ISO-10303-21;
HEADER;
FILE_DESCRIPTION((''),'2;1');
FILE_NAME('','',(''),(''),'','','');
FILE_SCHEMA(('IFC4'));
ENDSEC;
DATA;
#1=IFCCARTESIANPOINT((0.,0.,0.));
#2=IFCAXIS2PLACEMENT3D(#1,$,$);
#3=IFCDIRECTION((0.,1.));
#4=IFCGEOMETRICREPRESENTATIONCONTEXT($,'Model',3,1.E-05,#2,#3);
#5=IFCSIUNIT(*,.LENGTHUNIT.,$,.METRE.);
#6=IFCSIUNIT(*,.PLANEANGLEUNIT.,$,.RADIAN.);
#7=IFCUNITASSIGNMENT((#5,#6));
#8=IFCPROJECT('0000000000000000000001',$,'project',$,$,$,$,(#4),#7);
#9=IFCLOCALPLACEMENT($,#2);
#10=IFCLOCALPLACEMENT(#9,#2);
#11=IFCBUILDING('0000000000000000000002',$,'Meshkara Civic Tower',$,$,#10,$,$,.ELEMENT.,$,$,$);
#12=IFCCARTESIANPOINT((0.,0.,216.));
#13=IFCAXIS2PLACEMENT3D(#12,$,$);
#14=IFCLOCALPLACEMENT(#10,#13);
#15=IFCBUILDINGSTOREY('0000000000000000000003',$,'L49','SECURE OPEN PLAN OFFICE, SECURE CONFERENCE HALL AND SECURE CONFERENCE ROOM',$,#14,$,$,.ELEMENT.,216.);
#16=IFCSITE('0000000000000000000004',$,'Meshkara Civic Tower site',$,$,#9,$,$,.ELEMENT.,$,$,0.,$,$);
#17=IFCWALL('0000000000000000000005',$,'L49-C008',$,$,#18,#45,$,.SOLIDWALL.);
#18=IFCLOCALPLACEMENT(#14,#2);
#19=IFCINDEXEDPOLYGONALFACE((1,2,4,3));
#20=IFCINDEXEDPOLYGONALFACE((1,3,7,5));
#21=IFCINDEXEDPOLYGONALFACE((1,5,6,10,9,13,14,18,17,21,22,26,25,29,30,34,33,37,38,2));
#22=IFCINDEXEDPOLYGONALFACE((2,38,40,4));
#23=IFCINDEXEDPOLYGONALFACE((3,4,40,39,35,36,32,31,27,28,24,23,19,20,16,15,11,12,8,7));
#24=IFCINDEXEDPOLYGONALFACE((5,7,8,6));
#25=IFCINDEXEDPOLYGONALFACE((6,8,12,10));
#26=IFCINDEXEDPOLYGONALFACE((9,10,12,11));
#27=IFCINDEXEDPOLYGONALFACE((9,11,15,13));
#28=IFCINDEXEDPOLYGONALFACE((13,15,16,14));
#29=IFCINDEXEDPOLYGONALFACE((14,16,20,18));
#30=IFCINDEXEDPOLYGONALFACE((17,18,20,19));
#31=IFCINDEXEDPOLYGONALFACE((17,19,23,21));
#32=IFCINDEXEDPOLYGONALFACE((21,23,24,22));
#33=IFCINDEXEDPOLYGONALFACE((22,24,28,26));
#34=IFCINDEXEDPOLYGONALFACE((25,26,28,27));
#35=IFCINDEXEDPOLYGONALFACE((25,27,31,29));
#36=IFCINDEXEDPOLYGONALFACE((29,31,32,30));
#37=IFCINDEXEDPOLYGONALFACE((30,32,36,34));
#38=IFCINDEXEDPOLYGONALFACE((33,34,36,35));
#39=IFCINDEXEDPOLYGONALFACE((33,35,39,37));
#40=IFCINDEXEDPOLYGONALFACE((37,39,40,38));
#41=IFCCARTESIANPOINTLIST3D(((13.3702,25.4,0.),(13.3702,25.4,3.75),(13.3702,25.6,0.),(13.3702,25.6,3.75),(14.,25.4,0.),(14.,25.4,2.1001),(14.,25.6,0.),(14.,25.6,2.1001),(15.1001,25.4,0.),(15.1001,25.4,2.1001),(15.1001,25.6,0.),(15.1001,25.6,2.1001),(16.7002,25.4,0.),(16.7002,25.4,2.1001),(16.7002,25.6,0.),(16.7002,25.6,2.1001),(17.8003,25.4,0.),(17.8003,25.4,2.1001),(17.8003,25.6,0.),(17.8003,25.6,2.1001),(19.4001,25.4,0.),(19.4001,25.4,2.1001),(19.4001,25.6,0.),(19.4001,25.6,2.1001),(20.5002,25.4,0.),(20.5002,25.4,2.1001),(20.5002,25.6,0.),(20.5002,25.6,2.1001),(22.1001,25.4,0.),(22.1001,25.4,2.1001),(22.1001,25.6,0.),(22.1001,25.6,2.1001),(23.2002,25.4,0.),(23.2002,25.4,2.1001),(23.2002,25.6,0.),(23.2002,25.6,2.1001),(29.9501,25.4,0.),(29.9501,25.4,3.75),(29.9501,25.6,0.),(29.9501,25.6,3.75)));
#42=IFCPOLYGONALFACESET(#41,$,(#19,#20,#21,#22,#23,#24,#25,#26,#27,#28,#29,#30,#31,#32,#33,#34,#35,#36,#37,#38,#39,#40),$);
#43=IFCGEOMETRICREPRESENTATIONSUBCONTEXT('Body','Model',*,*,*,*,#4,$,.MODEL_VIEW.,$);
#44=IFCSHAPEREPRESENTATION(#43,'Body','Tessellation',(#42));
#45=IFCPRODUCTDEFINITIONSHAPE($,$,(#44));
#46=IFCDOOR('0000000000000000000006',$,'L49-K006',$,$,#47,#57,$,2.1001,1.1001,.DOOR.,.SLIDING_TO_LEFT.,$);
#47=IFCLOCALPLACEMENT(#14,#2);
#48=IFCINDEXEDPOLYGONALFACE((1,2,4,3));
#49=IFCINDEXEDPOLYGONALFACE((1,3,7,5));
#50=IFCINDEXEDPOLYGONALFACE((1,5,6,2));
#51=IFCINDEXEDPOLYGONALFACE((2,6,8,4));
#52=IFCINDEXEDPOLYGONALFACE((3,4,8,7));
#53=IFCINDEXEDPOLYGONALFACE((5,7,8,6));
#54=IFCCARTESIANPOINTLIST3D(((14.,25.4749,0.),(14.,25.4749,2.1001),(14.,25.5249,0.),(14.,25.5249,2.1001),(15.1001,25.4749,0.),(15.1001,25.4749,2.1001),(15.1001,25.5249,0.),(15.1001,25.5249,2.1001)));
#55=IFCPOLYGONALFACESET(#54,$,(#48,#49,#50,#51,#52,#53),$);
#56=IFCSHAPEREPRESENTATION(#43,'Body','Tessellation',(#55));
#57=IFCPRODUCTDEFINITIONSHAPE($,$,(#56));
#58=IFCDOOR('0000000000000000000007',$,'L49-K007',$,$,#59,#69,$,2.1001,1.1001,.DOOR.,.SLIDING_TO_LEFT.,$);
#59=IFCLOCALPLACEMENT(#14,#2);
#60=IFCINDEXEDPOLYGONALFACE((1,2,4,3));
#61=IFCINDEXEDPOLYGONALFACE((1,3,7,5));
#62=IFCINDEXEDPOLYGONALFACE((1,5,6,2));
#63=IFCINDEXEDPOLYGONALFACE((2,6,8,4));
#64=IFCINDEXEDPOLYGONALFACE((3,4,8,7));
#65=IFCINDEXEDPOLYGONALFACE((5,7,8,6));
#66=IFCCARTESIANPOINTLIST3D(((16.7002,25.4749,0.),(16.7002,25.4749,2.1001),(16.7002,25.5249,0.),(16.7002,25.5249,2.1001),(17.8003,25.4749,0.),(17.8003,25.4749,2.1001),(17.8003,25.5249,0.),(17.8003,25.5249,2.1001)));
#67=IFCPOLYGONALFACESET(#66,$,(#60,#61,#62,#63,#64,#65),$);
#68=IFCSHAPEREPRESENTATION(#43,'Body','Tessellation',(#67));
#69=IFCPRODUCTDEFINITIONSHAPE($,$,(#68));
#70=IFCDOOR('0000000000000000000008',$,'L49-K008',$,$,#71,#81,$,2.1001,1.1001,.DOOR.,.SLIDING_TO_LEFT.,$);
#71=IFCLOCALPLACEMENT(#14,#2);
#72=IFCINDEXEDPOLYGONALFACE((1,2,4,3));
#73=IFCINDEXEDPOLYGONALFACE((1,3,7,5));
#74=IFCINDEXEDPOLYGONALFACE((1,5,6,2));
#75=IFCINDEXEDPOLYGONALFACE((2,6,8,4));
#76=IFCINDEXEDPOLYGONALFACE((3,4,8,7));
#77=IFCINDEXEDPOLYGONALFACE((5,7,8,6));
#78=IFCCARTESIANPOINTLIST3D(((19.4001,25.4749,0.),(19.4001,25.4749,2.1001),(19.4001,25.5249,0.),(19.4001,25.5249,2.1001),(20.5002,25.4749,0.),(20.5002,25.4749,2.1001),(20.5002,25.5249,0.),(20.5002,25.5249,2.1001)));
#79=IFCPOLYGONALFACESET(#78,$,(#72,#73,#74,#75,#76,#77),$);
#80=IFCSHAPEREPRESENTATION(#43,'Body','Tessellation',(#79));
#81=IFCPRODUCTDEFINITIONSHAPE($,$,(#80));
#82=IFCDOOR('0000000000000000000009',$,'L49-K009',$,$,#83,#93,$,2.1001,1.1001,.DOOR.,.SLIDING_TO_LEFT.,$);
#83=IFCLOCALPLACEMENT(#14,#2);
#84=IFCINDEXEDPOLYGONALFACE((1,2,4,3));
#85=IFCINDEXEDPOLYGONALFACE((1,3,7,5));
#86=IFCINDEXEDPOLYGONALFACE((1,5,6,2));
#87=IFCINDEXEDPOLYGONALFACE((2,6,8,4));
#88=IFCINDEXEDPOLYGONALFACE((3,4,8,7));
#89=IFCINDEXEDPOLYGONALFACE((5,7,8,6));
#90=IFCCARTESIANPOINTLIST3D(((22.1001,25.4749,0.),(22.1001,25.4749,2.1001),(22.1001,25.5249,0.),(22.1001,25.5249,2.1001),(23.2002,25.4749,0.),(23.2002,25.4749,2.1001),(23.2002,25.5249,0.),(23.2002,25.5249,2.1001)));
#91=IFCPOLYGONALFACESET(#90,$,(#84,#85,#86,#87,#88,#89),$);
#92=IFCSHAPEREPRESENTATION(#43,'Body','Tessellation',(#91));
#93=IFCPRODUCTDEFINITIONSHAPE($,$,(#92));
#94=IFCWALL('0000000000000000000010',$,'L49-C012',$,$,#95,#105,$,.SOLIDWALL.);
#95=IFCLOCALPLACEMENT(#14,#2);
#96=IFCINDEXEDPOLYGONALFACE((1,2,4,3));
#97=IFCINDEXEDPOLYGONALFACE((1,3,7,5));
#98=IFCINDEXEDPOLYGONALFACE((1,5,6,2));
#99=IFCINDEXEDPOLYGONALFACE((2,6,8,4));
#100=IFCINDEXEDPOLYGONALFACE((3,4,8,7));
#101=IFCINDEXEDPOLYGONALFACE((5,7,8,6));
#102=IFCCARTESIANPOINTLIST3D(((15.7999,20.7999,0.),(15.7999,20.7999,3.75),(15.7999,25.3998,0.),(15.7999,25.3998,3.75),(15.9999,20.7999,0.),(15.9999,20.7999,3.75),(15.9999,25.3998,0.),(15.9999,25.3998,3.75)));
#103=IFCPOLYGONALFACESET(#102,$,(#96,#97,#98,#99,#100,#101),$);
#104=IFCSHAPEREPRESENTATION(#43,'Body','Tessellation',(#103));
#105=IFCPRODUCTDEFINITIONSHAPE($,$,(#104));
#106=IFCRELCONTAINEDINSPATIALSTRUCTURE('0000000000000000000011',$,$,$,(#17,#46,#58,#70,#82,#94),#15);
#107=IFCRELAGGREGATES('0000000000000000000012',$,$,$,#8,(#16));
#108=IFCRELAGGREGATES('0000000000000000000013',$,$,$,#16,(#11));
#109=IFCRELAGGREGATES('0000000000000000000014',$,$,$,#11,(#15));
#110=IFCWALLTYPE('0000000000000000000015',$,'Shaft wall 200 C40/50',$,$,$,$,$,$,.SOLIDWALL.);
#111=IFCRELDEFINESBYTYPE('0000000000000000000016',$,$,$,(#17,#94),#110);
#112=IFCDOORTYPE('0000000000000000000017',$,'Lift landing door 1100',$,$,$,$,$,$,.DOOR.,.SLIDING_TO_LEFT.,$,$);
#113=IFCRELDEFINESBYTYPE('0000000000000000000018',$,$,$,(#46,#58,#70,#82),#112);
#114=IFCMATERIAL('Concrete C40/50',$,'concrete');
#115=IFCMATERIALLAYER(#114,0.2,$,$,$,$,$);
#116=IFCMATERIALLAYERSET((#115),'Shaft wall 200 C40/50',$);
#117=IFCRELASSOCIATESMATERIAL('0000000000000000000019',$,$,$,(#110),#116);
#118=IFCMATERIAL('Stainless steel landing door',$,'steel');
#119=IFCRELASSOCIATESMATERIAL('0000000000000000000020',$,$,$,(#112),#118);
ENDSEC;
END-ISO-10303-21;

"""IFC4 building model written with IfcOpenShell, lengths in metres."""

from ifc_helpers import new_model, si_unit, direction, frame, frame_2d, origin, place, context, subcontext, project, spatial, rectangle, extrude, material, layer, layer_set, type_object, element, fill, save


model = new_model("IFC4")

# Units and contexts
model_context = context("Model", 3, precision=1e-05, world=origin(), true_north=direction((0.0, 1.0)))
body_context = subcontext(model_context, "Body", "Model", "MODEL_VIEW")
ifc_project = project(units=[si_unit("LENGTHUNIT", "METRE"), si_unit("PLANEANGLEUNIT", "RADIAN")], contexts=[model_context])

# Site, building, storey
site_placement = place(None, origin())
site = spatial("IfcSite", under=ifc_project, at=site_placement, Name="Meshkara Civic Tower site", CompositionType="ELEMENT", RefElevation=0.0)
building_placement = place(site_placement, origin())
building = spatial("IfcBuilding", under=site, at=building_placement, Name="Meshkara Civic Tower", CompositionType="ELEMENT")
storey_placement = place(building_placement, frame((0.0, 0.0, 216.0)))
storey = spatial("IfcBuildingStorey", under=building, at=storey_placement, Name="L49", Description="SECURE OPEN PLAN OFFICE, SECURE CONFERENCE HALL AND SECURE CONFERENCE ROOM", CompositionType="ELEMENT", Elevation=216.0)

# Wall, openings, doors
ifc_material_1 = material(Name="Concrete C40/50", Category="concrete")
ifc_layer_1 = layer(ifc_material_1, 0.2)
ifc_layer_set_1 = layer_set([ifc_layer_1], Name="Shaft wall 200 C40/50")
wall_type_1 = type_object("IfcWallType", Name="Shaft wall 200 C40/50", PredefinedType="SOLIDWALL", material=ifc_layer_set_1)
ifc_material_2 = material(Name="Stainless steel landing door", Category="steel")
door_type_1 = type_object("IfcDoorType", Name="Lift landing door 1100", OperationType="SLIDING_TO_LEFT", PredefinedType="DOOR", material=ifc_material_2)
wall_1_placement = place(storey_placement, frame((13.3701, 25.5, 0.0), z_axis=(0.0, 0.0, 1.0), x_axis=(1.0, 0.0, 0.0)))
wall_1 = element("IfcWall", 1, at=wall_1_placement, inside=storey, type_object=wall_type_1, Name="L49-C008", PredefinedType="SOLIDWALL", context=body_context, shape_type="SweptSolid", body=[
    extrude(rectangle(XDim=16.5798, YDim=0.2, at=frame_2d((8.29, 0.0))), origin(), (0.0, 0.0, 1.0), 3.75),
])
opening_1_placement = place(wall_1_placement, frame((0.6299, 0.0, 0.0)))
opening_1 = element("IfcOpeningElement", 2, at=opening_1_placement, cuts=wall_1, PredefinedType="OPENING", context=body_context, shape_type="SweptSolid", body=[
    extrude(rectangle(XDim=1.1001, YDim=2.1001, at=frame_2d((0.55, 1.05))), frame((0.0, 0.1099, 0.0), z_axis=(0.0, -1.0, 0.0), x_axis=(1.0, 0.0, 0.0)), (0.0, 0.0, 1.0), 0.22),
])
opening_2_placement = place(wall_1_placement, frame((3.3301, 0.0, 0.0)))
opening_2 = element("IfcOpeningElement", 3, at=opening_2_placement, cuts=wall_1, PredefinedType="OPENING", context=body_context, shape_type="SweptSolid", body=[
    extrude(rectangle(XDim=1.1001, YDim=2.1001, at=frame_2d((0.55, 1.05))), frame((0.0, 0.1099, 0.0), z_axis=(0.0, -1.0, 0.0), x_axis=(1.0, 0.0, 0.0)), (0.0, 0.0, 1.0), 0.22),
])
opening_3_placement = place(wall_1_placement, frame((6.03, 0.0, 0.0)))
opening_3 = element("IfcOpeningElement", 4, at=opening_3_placement, cuts=wall_1, PredefinedType="OPENING", context=body_context, shape_type="SweptSolid", body=[
    extrude(rectangle(XDim=1.1001, YDim=2.1001, at=frame_2d((0.55, 1.05))), frame((0.0, 0.1099, 0.0), z_axis=(0.0, -1.0, 0.0), x_axis=(1.0, 0.0, 0.0)), (0.0, 0.0, 1.0), 0.22),
])
opening_4_placement = place(wall_1_placement, frame((8.73, 0.0, 0.0)))
opening_4 = element("IfcOpeningElement", 5, at=opening_4_placement, cuts=wall_1, PredefinedType="OPENING", context=body_context, shape_type="SweptSolid", body=[
    extrude(rectangle(XDim=1.1001, YDim=2.1001, at=frame_2d((0.55, 1.05))), frame((0.0, 0.1099, 0.0), z_axis=(0.0, -1.0, 0.0), x_axis=(1.0, 0.0, 0.0)), (0.0, 0.0, 1.0), 0.22),
])
door_1_placement = place(opening_1_placement, origin())
door_1 = element("IfcDoor", 6, at=door_1_placement, inside=storey, type_object=door_type_1, Name="L49-K006", OperationType="SLIDING_TO_LEFT", OverallHeight=2.1001, OverallWidth=1.1001, PredefinedType="DOOR", context=body_context, shape_type="SweptSolid", body=[
    extrude(rectangle(XDim=1.1001, YDim=2.1001, at=frame_2d((0.55, 1.05))), frame((0.0, 0.0249, 0.0), z_axis=(0.0, -1.0, 0.0), x_axis=(1.0, 0.0, 0.0)), (0.0, 0.0, 1.0), 0.05),
])
fill(opening_1, door_1)
door_2_placement = place(opening_2_placement, origin())
door_2 = element("IfcDoor", 7, at=door_2_placement, inside=storey, type_object=door_type_1, Name="L49-K007", OperationType="SLIDING_TO_LEFT", OverallHeight=2.1001, OverallWidth=1.1001, PredefinedType="DOOR", context=body_context, shape_type="SweptSolid", body=[
    extrude(rectangle(XDim=1.1001, YDim=2.1001, at=frame_2d((0.55, 1.05))), frame((0.0, 0.0249, 0.0), z_axis=(0.0, -1.0, 0.0), x_axis=(1.0, 0.0, 0.0)), (0.0, 0.0, 1.0), 0.05),
])
fill(opening_2, door_2)
door_3_placement = place(opening_3_placement, origin())
door_3 = element("IfcDoor", 8, at=door_3_placement, inside=storey, type_object=door_type_1, Name="L49-K008", OperationType="SLIDING_TO_LEFT", OverallHeight=2.1001, OverallWidth=1.1001, PredefinedType="DOOR", context=body_context, shape_type="SweptSolid", body=[
    extrude(rectangle(XDim=1.1001, YDim=2.1001, at=frame_2d((0.55, 1.05))), frame((0.0, 0.0249, 0.0), z_axis=(0.0, -1.0, 0.0), x_axis=(1.0, 0.0, 0.0)), (0.0, 0.0, 1.0), 0.05),
])
fill(opening_3, door_3)
door_4_placement = place(opening_4_placement, origin())
door_4 = element("IfcDoor", 9, at=door_4_placement, inside=storey, type_object=door_type_1, Name="L49-K009", OperationType="SLIDING_TO_LEFT", OverallHeight=2.1001, OverallWidth=1.1001, PredefinedType="DOOR", context=body_context, shape_type="SweptSolid", body=[
    extrude(rectangle(XDim=1.1001, YDim=2.1001, at=frame_2d((0.55, 1.05))), frame((0.0, 0.0249, 0.0), z_axis=(0.0, -1.0, 0.0), x_axis=(1.0, 0.0, 0.0)), (0.0, 0.0, 1.0), 0.05),
])
fill(opening_4, door_4)

# Wall
wall_2_placement = place(storey_placement, frame((15.8999, 20.8, 0.0), z_axis=(0.0, 0.0, 1.0), x_axis=(0.0, 1.0, 0.0)))
element("IfcWall", 10, at=wall_2_placement, inside=storey, type_object=wall_type_1, Name="L49-C012", PredefinedType="SOLIDWALL", context=body_context, shape_type="SweptSolid", body=[
    extrude(rectangle(XDim=4.5999, YDim=0.2, at=frame_2d((2.2998, 0.0))), origin(), (0.0, 0.0, 1.0), 3.75),
])

save(model, "model.ifc")
